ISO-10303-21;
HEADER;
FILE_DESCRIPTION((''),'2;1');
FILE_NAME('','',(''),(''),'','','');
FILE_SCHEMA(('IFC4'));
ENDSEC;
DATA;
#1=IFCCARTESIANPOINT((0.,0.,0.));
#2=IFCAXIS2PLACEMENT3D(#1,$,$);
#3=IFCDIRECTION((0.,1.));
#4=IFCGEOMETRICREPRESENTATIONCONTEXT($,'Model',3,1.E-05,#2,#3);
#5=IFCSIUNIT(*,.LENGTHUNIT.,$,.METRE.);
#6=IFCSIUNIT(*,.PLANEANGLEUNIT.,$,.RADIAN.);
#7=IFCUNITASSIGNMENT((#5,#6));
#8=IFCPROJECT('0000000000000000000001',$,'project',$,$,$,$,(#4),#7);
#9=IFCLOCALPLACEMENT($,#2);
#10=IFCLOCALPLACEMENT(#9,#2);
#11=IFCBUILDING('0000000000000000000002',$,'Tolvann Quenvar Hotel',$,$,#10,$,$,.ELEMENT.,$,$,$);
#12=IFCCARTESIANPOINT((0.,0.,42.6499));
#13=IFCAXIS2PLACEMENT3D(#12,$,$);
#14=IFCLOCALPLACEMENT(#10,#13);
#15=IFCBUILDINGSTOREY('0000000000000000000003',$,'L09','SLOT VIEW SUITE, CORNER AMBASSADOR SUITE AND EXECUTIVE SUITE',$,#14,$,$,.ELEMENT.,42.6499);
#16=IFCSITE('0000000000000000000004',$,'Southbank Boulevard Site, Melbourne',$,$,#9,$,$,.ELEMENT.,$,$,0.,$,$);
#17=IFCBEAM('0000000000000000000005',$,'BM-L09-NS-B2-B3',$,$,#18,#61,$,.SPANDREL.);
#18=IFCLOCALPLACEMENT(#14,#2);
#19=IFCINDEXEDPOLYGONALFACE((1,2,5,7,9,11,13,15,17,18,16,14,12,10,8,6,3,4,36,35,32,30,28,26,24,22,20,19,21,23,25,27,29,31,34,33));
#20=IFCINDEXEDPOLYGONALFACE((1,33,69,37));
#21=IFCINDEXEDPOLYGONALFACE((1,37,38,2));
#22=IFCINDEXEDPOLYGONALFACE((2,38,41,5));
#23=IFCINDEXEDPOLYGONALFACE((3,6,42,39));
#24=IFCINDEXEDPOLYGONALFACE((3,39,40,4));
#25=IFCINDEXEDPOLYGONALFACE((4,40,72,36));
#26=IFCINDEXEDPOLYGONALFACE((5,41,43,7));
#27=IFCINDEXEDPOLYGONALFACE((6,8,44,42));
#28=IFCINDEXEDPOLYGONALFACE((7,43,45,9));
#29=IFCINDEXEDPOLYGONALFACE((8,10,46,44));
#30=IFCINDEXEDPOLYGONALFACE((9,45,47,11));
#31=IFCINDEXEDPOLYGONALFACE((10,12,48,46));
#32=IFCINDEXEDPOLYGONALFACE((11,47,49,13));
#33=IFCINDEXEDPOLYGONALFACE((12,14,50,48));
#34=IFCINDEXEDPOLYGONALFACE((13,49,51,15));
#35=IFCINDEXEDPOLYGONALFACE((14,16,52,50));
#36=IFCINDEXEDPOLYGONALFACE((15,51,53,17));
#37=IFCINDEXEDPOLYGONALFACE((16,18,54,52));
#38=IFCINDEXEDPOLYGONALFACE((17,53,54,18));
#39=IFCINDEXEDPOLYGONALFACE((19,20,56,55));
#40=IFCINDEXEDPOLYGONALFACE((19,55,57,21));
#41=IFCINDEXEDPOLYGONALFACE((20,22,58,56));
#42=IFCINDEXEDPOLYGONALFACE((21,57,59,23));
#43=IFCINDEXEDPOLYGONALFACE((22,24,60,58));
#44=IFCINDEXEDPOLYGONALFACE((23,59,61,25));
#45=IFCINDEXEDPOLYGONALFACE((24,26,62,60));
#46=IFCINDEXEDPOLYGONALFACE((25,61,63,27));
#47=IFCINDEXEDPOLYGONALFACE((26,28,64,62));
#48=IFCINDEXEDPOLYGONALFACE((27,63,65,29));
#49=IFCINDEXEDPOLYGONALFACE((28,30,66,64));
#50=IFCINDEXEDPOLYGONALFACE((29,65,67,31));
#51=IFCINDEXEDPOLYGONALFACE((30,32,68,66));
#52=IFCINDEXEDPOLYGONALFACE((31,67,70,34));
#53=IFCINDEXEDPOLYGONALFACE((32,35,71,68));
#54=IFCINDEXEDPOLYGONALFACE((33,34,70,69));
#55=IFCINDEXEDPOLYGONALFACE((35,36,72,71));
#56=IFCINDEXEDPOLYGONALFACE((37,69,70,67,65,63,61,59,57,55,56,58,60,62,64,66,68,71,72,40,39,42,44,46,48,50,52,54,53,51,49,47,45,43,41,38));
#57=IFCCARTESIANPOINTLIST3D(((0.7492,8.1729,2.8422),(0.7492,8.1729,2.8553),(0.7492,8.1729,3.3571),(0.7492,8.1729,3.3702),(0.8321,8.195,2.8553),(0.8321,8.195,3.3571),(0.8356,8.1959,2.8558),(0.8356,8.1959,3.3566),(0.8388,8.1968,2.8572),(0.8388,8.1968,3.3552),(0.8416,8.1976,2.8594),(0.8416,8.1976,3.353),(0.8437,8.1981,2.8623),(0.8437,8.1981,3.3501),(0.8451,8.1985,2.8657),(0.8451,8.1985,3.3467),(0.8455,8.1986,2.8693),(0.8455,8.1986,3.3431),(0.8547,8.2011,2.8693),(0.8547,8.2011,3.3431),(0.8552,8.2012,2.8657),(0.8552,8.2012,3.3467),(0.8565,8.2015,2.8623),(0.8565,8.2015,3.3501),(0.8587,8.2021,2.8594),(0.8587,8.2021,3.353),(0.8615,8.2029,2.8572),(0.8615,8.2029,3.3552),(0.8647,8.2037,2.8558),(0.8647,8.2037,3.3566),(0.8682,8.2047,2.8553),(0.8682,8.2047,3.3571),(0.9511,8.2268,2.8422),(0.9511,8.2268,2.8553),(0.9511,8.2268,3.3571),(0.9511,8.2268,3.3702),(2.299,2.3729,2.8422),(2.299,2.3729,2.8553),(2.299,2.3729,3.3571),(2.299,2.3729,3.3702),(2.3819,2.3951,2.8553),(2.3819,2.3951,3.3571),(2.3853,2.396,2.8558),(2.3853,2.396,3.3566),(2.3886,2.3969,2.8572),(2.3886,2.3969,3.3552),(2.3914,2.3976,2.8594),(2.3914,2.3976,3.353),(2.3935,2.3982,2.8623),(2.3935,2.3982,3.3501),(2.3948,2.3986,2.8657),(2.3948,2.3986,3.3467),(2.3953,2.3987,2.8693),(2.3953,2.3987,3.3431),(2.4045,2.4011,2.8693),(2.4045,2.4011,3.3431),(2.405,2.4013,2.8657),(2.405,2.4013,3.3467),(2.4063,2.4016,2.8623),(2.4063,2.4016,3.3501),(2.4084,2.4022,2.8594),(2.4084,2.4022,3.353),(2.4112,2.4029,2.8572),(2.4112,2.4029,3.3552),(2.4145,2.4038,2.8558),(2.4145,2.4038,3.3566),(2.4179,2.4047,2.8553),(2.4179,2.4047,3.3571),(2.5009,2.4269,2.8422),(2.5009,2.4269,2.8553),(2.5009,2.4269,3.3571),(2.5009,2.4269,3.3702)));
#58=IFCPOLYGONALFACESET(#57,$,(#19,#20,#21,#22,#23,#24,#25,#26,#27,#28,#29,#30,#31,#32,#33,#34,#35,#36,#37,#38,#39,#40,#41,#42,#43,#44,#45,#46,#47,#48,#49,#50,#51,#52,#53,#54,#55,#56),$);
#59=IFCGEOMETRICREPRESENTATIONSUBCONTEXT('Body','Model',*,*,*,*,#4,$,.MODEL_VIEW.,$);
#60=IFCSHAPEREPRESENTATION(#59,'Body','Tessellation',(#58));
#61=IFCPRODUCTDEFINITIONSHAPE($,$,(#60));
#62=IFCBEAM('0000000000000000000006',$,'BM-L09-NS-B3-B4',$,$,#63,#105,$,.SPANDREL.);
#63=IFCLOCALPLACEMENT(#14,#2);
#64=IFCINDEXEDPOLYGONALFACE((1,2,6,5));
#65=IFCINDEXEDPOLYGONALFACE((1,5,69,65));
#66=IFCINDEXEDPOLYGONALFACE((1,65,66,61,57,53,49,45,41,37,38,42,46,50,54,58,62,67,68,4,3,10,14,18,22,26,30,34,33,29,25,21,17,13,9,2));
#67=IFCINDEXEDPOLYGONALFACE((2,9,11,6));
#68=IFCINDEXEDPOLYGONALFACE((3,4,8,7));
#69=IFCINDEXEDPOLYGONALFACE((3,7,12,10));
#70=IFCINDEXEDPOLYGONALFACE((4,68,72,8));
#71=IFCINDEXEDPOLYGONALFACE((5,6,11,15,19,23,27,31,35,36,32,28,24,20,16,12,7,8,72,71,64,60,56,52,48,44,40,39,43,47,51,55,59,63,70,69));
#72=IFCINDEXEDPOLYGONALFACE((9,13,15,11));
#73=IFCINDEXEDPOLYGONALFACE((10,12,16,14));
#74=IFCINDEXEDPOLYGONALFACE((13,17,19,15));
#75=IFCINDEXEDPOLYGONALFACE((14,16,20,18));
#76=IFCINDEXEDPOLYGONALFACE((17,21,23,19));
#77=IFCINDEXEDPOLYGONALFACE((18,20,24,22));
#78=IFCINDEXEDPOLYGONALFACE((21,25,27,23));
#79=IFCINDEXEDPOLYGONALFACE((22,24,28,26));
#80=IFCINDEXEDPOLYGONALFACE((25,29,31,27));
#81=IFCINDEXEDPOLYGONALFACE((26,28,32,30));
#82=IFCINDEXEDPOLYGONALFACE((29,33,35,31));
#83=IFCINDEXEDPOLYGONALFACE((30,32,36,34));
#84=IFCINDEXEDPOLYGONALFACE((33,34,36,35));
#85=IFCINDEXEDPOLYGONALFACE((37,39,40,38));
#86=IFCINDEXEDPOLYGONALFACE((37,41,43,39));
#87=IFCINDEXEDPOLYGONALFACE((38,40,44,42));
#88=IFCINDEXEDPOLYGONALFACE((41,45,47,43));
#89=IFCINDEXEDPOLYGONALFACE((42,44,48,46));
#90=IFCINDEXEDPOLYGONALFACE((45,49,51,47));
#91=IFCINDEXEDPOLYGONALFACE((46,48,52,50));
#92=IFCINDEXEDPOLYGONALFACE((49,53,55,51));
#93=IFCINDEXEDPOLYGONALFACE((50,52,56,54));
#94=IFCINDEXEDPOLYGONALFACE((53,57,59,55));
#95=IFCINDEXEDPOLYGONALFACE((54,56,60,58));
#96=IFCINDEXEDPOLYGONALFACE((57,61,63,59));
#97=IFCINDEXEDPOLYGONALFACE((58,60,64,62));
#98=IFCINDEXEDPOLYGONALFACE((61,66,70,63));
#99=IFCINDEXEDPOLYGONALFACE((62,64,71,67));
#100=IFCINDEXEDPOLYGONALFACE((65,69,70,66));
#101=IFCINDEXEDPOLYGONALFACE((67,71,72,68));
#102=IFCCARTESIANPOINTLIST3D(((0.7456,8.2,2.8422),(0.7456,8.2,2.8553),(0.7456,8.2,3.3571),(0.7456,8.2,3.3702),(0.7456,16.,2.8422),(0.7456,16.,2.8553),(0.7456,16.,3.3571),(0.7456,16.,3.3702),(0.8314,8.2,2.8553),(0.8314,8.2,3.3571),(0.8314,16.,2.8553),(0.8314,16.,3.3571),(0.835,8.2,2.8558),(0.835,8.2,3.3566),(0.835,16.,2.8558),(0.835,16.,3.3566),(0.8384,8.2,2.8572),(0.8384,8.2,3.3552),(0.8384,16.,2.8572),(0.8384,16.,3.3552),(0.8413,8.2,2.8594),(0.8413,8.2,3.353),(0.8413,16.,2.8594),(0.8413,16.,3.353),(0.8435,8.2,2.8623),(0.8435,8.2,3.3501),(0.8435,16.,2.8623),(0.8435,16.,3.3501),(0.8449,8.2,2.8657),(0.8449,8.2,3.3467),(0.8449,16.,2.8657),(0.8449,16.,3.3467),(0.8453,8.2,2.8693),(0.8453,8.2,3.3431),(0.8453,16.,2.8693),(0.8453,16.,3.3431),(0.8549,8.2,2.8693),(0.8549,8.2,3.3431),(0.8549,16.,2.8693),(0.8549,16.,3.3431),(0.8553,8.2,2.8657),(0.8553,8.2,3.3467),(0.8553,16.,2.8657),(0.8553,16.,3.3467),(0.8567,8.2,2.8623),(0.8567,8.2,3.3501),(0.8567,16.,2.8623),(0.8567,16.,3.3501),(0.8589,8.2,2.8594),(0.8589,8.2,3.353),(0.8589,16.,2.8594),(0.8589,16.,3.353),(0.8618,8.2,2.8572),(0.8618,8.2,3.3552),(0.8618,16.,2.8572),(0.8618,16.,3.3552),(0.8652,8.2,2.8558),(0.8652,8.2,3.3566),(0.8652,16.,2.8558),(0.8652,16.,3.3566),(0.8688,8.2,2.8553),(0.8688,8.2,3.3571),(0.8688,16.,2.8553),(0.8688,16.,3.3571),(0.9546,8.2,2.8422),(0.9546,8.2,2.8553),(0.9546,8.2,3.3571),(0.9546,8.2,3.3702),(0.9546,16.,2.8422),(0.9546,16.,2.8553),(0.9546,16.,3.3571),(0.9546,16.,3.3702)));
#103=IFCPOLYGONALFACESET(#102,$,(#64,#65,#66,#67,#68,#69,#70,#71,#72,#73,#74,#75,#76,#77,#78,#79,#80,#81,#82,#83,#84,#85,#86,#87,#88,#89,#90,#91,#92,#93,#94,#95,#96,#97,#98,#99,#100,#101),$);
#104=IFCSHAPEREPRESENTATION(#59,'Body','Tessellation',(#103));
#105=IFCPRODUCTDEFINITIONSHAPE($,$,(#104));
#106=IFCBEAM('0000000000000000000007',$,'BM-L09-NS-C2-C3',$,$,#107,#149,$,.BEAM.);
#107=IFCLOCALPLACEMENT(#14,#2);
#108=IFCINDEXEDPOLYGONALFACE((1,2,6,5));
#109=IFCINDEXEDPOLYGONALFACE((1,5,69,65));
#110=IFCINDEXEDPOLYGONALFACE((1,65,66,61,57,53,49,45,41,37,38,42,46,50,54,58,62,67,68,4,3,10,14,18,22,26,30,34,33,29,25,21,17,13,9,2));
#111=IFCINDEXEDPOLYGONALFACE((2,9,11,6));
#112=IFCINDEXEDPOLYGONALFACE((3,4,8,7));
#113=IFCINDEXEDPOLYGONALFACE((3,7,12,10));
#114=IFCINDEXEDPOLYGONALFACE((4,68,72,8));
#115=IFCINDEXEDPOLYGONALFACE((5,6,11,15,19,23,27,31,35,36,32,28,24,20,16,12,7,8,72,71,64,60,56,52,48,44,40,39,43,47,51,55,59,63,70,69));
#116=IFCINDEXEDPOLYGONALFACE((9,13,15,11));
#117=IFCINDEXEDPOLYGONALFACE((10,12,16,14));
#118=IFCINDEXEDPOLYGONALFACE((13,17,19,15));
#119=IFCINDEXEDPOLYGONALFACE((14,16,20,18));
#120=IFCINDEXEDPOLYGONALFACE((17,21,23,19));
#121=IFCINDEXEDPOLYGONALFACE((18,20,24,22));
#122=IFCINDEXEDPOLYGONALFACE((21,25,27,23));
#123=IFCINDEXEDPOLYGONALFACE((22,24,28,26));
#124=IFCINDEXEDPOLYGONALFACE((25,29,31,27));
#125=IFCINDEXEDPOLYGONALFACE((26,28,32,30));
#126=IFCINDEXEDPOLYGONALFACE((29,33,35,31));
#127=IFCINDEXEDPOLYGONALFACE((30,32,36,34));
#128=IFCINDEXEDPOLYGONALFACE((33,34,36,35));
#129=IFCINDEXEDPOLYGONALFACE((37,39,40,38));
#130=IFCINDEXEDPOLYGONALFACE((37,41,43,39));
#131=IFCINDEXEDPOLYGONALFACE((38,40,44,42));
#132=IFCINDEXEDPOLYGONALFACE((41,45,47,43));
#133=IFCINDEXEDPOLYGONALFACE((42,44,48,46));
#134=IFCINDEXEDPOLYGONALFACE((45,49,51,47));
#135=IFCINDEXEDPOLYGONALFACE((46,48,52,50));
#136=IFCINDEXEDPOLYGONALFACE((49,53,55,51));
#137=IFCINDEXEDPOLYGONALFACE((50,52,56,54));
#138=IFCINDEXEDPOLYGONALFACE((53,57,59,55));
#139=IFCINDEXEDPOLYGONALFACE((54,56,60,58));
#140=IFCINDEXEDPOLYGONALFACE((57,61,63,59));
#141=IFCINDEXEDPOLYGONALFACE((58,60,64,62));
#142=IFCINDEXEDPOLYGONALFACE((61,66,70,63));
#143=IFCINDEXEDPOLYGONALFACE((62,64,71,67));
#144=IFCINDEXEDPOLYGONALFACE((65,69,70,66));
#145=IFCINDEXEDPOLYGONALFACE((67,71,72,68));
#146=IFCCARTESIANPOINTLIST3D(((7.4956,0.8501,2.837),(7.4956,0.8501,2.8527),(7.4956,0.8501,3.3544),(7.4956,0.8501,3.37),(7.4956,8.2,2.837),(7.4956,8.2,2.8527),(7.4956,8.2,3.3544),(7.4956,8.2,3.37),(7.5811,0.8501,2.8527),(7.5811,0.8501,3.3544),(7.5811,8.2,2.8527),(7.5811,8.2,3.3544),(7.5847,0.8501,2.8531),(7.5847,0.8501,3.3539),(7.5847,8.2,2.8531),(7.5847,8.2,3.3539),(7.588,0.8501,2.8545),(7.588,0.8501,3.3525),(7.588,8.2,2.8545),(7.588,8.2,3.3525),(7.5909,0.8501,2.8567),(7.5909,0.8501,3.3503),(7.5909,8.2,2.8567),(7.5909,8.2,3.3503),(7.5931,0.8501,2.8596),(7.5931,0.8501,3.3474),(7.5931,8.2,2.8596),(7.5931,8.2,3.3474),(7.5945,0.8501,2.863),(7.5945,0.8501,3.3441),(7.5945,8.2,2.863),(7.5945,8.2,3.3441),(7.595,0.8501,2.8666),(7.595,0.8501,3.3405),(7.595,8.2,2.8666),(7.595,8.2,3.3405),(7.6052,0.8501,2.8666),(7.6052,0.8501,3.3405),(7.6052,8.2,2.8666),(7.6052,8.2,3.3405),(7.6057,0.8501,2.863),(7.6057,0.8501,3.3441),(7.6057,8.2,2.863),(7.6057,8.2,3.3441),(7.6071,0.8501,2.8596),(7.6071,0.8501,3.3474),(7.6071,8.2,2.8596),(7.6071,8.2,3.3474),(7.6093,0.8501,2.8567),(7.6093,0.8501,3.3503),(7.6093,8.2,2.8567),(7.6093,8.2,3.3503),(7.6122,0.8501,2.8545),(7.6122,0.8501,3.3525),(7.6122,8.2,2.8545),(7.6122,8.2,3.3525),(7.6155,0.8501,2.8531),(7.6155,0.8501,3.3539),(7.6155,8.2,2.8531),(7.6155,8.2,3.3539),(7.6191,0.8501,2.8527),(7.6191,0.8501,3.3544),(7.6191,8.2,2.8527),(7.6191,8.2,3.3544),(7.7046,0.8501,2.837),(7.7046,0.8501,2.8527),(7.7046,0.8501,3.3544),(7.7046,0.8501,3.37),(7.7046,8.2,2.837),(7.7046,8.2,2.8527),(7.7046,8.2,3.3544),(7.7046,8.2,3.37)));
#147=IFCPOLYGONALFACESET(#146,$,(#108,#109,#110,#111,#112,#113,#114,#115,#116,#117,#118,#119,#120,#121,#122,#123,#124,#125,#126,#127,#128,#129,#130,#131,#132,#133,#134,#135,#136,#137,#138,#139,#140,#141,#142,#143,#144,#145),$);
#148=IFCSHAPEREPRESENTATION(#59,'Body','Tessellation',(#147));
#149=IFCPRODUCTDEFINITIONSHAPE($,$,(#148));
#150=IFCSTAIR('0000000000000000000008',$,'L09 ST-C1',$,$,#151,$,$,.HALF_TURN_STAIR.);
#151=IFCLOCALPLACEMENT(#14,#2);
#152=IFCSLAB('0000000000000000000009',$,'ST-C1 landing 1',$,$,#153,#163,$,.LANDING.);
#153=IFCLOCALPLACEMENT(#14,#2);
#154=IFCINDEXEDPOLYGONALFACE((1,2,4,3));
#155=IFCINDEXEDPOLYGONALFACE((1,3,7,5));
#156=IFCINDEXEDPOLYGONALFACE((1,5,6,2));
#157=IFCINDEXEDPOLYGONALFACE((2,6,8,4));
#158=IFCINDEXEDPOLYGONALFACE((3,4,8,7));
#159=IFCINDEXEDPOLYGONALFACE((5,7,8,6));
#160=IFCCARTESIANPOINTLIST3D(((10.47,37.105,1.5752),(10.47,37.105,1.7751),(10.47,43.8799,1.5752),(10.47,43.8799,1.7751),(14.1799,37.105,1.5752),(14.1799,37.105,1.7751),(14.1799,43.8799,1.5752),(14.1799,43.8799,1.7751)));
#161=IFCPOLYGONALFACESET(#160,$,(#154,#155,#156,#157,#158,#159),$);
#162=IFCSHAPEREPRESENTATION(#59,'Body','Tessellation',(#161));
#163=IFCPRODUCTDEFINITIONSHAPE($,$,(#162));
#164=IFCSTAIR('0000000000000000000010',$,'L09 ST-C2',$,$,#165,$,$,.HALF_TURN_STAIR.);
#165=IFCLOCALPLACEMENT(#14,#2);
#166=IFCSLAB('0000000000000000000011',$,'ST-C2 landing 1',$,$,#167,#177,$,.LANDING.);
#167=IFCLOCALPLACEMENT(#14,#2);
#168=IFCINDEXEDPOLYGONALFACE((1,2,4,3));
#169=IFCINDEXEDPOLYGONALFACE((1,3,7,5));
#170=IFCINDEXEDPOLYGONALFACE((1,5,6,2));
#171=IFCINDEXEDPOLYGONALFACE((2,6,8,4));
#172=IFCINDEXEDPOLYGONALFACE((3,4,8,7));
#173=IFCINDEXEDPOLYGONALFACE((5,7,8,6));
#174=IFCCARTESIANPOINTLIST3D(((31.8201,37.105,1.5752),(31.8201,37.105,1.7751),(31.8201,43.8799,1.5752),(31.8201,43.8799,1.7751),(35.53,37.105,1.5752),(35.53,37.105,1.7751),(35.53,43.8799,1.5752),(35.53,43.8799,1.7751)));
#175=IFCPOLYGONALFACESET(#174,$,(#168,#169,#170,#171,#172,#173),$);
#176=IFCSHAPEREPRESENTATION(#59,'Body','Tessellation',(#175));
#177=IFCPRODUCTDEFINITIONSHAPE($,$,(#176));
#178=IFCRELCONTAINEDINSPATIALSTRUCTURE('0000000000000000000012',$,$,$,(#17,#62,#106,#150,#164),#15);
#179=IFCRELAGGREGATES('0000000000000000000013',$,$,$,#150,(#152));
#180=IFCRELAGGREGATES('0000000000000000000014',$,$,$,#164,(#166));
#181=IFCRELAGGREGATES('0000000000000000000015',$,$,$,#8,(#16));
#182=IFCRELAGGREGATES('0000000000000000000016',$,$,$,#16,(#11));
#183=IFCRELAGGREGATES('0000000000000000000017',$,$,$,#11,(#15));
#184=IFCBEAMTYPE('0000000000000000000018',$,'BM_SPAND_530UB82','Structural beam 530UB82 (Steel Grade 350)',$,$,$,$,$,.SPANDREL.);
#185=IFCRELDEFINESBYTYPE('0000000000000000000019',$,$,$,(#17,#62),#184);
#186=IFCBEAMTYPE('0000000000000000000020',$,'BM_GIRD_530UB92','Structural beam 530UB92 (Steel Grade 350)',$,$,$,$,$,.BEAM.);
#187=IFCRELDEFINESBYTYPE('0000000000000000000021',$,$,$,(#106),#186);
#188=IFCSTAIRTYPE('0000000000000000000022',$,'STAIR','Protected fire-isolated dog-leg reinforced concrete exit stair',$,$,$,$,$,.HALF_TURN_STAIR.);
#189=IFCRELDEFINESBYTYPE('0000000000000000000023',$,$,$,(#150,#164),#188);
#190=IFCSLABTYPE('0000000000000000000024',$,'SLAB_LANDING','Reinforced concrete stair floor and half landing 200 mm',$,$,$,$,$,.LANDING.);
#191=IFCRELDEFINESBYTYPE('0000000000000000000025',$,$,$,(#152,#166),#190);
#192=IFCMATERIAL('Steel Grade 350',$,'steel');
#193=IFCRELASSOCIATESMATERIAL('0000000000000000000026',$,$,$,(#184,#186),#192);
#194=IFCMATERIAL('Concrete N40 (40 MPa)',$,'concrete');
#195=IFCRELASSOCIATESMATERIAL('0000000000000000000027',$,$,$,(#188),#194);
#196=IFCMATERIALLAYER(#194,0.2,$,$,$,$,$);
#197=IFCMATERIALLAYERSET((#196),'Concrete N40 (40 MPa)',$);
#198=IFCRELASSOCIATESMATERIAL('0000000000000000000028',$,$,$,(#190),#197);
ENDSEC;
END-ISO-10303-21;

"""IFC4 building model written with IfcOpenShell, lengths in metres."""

from ifc_helpers import new_model, si_unit, direction, frame, origin, origin_2d, place, context, subcontext, project, spatial, polyline, i_section, outline, extrude, source, transform, mapped, material, layer, layer_set, material_profile, profile_set, type_object, type_shapes, element, aggregate, save


model = new_model("IFC4")

# Units and contexts
model_context = context("Model", 3, precision=1e-05, world=origin(), true_north=direction((0.0, 1.0)))
body_context = subcontext(model_context, "Body", "Model", "MODEL_VIEW")
ifc_project = project(units=[si_unit("LENGTHUNIT", "METRE"), si_unit("PLANEANGLEUNIT", "RADIAN")], contexts=[model_context])

# Site, building, storey
site_placement = place(None, origin())
site = spatial("IfcSite", under=ifc_project, at=site_placement, Name="Southbank Boulevard Site, Melbourne", CompositionType="ELEMENT", RefElevation=0.0)
building_placement = place(site_placement, origin())
building = spatial("IfcBuilding", under=site, at=building_placement, Name="Tolvann Quenvar Hotel", CompositionType="ELEMENT")
storey_placement = place(building_placement, frame((0.0, 0.0, 42.6499)))
storey = spatial("IfcBuildingStorey", under=building, at=storey_placement, Name="L09", Description="SLOT VIEW SUITE, CORNER AMBASSADOR SUITE AND EXECUTIVE SUITE", CompositionType="ELEMENT", Elevation=42.6499)

# Beams
ifc_material_1 = material(Name="Steel Grade 350", Category="steel")
ifc_material_profile_1 = material_profile(ifc_material_1, i_section(OverallWidth=0.209, OverallDepth=0.5281, WebThickness=0.0095, FlangeThickness=0.0132, FilletRadius=0.0139, at=origin_2d()), Name="530UB82")
ifc_profile_set_1 = profile_set([ifc_material_profile_1], Name="Steel Grade 350")
beam_type_1 = type_object("IfcBeamType", Name="BM_SPAND_530UB82", Description="Structural beam 530UB82 (Steel Grade 350)", PredefinedType="SPANDREL", material=ifc_profile_set_1)
shared_shape_1 = source(origin(), body_context, "Body", "SweptSolid", [
    extrude(i_section(OverallWidth=0.209, OverallDepth=0.5281, WebThickness=0.0095, FlangeThickness=0.0132, FilletRadius=0.0139, at=origin_2d()), origin(), (0.0, 0.0, 1.0), 6.0034),
])
beam_1_placement = place(storey_placement, frame((2.3999, 2.3999, 3.1062), z_axis=(-0.258149, 0.966105, 0.0), x_axis=(-0.966105, -0.258149, 0.0)))
element("IfcBeam", 1, at=beam_1_placement, inside=storey, type_object=beam_type_1, Name="BM-L09-NS-B2-B3", PredefinedType="SPANDREL", context=body_context, shape_type="MappedRepresentation", body=[
    mapped(shared_shape_1, transform((0.0, 0.0, 0.0), x_axis=(1.0, 0.0, 0.0), y_axis=(0.0, 1.0, 0.0), z_axis=(0.0, 0.0, 1.0), scale=1.0)),
])
shared_shape_2 = source(origin(), body_context, "Body", "SweptSolid", [
    extrude(i_section(OverallWidth=0.209, OverallDepth=0.5281, WebThickness=0.0095, FlangeThickness=0.0132, FilletRadius=0.0139, at=origin_2d()), origin(), (0.0, 0.0, 1.0), 7.8),
])
beam_2_placement = place(storey_placement, frame((0.8501, 8.2, 3.1062), z_axis=(0.0, 1.0, 0.0), x_axis=(-1.0, 0.0, 0.0)))
element("IfcBeam", 2, at=beam_2_placement, inside=storey, type_object=beam_type_1, Name="BM-L09-NS-B3-B4", PredefinedType="SPANDREL", context=body_context, shape_type="MappedRepresentation", body=[
    mapped(shared_shape_2, transform((0.0, 0.0, 0.0), x_axis=(1.0, 0.0, 0.0), y_axis=(0.0, 1.0, 0.0), z_axis=(0.0, 0.0, 1.0), scale=1.0)),
])
ifc_material_profile_2 = material_profile(ifc_material_1, i_section(OverallWidth=0.209, OverallDepth=0.533, WebThickness=0.0103, FlangeThickness=0.0156, FilletRadius=0.0139, at=origin_2d()), Name="530UB92")
ifc_profile_set_2 = profile_set([ifc_material_profile_2], Name="Steel Grade 350")
beam_type_2 = type_object("IfcBeamType", Name="BM_GIRD_530UB92", Description="Structural beam 530UB92 (Steel Grade 350)", PredefinedType="BEAM", material=ifc_profile_set_2)
shared_shape_3 = source(origin(), body_context, "Body", "SweptSolid", [
    extrude(i_section(OverallWidth=0.209, OverallDepth=0.533, WebThickness=0.0103, FlangeThickness=0.0156, FilletRadius=0.0139, at=origin_2d()), origin(), (0.0, 0.0, 1.0), 7.3499),
])
type_shapes(beam_type_2, [shared_shape_3])
beam_3_placement = place(storey_placement, frame((7.6001, 0.8501, 3.1035), z_axis=(0.0, 1.0, 0.0), x_axis=(-1.0, 0.0, 0.0)))
element("IfcBeam", 3, at=beam_3_placement, inside=storey, type_object=beam_type_2, Name="BM-L09-NS-C2-C3", PredefinedType="BEAM", context=body_context, shape_type="MappedRepresentation", body=[
    mapped(shared_shape_3, transform((0.0, 0.0, 0.0), x_axis=(1.0, 0.0, 0.0), y_axis=(0.0, 1.0, 0.0), z_axis=(0.0, 0.0, 1.0), scale=1.0)),
])

# Stairs, slabs
ifc_material_2 = material(Name="Concrete N40 (40 MPa)", Category="concrete")
stair_type = type_object("IfcStairType", Name="STAIR", Description="Protected fire-isolated dog-leg reinforced concrete exit stair", PredefinedType="HALF_TURN_STAIR", material=ifc_material_2)
stair_1_placement = place(storey_placement, origin())
stair_1 = element("IfcStair", 4, at=stair_1_placement, inside=storey, type_object=stair_type, Name="L09 ST-C1", PredefinedType="HALF_TURN_STAIR")
ifc_layer_1 = layer(ifc_material_2, 0.2)
ifc_layer_set_1 = layer_set([ifc_layer_1], Name="Concrete N40 (40 MPa)")
slab_type_1 = type_object("IfcSlabType", Name="SLAB_LANDING", Description="Reinforced concrete stair floor and half landing 200 mm", PredefinedType="LANDING", material=ifc_layer_set_1)
slab_1_placement = place(storey_placement, frame((0.0, 0.0, 1.5752)))
slab_1 = element("IfcSlab", 5, at=slab_1_placement, type_object=slab_type_1, Name="ST-C1 landing 1", PredefinedType="LANDING", context=body_context, shape_type="SweptSolid", body=[
    extrude(outline(polyline([(14.1799, 37.105), (14.1799, 43.8799), (10.47, 43.8799), (10.47, 37.105), (14.1799, 37.105)])), origin(), (0.0, 0.0, 1.0), 0.2),
])
aggregate(stair_1, [slab_1])
stair_2_placement = place(storey_placement, origin())
stair_2 = element("IfcStair", 6, at=stair_2_placement, inside=storey, type_object=stair_type, Name="L09 ST-C2", PredefinedType="HALF_TURN_STAIR")
slab_2_placement = place(storey_placement, frame((0.0, 0.0, 1.5752)))
slab_2 = element("IfcSlab", 7, at=slab_2_placement, type_object=slab_type_1, Name="ST-C2 landing 1", PredefinedType="LANDING", context=body_context, shape_type="SweptSolid", body=[
    extrude(outline(polyline([(35.53, 37.105), (35.53, 43.8799), (31.8201, 43.8799), (31.8201, 37.105), (35.53, 37.105)])), origin(), (0.0, 0.0, 1.0), 0.2),
])
aggregate(stair_2, [slab_2])

save(model, "model.ifc")
